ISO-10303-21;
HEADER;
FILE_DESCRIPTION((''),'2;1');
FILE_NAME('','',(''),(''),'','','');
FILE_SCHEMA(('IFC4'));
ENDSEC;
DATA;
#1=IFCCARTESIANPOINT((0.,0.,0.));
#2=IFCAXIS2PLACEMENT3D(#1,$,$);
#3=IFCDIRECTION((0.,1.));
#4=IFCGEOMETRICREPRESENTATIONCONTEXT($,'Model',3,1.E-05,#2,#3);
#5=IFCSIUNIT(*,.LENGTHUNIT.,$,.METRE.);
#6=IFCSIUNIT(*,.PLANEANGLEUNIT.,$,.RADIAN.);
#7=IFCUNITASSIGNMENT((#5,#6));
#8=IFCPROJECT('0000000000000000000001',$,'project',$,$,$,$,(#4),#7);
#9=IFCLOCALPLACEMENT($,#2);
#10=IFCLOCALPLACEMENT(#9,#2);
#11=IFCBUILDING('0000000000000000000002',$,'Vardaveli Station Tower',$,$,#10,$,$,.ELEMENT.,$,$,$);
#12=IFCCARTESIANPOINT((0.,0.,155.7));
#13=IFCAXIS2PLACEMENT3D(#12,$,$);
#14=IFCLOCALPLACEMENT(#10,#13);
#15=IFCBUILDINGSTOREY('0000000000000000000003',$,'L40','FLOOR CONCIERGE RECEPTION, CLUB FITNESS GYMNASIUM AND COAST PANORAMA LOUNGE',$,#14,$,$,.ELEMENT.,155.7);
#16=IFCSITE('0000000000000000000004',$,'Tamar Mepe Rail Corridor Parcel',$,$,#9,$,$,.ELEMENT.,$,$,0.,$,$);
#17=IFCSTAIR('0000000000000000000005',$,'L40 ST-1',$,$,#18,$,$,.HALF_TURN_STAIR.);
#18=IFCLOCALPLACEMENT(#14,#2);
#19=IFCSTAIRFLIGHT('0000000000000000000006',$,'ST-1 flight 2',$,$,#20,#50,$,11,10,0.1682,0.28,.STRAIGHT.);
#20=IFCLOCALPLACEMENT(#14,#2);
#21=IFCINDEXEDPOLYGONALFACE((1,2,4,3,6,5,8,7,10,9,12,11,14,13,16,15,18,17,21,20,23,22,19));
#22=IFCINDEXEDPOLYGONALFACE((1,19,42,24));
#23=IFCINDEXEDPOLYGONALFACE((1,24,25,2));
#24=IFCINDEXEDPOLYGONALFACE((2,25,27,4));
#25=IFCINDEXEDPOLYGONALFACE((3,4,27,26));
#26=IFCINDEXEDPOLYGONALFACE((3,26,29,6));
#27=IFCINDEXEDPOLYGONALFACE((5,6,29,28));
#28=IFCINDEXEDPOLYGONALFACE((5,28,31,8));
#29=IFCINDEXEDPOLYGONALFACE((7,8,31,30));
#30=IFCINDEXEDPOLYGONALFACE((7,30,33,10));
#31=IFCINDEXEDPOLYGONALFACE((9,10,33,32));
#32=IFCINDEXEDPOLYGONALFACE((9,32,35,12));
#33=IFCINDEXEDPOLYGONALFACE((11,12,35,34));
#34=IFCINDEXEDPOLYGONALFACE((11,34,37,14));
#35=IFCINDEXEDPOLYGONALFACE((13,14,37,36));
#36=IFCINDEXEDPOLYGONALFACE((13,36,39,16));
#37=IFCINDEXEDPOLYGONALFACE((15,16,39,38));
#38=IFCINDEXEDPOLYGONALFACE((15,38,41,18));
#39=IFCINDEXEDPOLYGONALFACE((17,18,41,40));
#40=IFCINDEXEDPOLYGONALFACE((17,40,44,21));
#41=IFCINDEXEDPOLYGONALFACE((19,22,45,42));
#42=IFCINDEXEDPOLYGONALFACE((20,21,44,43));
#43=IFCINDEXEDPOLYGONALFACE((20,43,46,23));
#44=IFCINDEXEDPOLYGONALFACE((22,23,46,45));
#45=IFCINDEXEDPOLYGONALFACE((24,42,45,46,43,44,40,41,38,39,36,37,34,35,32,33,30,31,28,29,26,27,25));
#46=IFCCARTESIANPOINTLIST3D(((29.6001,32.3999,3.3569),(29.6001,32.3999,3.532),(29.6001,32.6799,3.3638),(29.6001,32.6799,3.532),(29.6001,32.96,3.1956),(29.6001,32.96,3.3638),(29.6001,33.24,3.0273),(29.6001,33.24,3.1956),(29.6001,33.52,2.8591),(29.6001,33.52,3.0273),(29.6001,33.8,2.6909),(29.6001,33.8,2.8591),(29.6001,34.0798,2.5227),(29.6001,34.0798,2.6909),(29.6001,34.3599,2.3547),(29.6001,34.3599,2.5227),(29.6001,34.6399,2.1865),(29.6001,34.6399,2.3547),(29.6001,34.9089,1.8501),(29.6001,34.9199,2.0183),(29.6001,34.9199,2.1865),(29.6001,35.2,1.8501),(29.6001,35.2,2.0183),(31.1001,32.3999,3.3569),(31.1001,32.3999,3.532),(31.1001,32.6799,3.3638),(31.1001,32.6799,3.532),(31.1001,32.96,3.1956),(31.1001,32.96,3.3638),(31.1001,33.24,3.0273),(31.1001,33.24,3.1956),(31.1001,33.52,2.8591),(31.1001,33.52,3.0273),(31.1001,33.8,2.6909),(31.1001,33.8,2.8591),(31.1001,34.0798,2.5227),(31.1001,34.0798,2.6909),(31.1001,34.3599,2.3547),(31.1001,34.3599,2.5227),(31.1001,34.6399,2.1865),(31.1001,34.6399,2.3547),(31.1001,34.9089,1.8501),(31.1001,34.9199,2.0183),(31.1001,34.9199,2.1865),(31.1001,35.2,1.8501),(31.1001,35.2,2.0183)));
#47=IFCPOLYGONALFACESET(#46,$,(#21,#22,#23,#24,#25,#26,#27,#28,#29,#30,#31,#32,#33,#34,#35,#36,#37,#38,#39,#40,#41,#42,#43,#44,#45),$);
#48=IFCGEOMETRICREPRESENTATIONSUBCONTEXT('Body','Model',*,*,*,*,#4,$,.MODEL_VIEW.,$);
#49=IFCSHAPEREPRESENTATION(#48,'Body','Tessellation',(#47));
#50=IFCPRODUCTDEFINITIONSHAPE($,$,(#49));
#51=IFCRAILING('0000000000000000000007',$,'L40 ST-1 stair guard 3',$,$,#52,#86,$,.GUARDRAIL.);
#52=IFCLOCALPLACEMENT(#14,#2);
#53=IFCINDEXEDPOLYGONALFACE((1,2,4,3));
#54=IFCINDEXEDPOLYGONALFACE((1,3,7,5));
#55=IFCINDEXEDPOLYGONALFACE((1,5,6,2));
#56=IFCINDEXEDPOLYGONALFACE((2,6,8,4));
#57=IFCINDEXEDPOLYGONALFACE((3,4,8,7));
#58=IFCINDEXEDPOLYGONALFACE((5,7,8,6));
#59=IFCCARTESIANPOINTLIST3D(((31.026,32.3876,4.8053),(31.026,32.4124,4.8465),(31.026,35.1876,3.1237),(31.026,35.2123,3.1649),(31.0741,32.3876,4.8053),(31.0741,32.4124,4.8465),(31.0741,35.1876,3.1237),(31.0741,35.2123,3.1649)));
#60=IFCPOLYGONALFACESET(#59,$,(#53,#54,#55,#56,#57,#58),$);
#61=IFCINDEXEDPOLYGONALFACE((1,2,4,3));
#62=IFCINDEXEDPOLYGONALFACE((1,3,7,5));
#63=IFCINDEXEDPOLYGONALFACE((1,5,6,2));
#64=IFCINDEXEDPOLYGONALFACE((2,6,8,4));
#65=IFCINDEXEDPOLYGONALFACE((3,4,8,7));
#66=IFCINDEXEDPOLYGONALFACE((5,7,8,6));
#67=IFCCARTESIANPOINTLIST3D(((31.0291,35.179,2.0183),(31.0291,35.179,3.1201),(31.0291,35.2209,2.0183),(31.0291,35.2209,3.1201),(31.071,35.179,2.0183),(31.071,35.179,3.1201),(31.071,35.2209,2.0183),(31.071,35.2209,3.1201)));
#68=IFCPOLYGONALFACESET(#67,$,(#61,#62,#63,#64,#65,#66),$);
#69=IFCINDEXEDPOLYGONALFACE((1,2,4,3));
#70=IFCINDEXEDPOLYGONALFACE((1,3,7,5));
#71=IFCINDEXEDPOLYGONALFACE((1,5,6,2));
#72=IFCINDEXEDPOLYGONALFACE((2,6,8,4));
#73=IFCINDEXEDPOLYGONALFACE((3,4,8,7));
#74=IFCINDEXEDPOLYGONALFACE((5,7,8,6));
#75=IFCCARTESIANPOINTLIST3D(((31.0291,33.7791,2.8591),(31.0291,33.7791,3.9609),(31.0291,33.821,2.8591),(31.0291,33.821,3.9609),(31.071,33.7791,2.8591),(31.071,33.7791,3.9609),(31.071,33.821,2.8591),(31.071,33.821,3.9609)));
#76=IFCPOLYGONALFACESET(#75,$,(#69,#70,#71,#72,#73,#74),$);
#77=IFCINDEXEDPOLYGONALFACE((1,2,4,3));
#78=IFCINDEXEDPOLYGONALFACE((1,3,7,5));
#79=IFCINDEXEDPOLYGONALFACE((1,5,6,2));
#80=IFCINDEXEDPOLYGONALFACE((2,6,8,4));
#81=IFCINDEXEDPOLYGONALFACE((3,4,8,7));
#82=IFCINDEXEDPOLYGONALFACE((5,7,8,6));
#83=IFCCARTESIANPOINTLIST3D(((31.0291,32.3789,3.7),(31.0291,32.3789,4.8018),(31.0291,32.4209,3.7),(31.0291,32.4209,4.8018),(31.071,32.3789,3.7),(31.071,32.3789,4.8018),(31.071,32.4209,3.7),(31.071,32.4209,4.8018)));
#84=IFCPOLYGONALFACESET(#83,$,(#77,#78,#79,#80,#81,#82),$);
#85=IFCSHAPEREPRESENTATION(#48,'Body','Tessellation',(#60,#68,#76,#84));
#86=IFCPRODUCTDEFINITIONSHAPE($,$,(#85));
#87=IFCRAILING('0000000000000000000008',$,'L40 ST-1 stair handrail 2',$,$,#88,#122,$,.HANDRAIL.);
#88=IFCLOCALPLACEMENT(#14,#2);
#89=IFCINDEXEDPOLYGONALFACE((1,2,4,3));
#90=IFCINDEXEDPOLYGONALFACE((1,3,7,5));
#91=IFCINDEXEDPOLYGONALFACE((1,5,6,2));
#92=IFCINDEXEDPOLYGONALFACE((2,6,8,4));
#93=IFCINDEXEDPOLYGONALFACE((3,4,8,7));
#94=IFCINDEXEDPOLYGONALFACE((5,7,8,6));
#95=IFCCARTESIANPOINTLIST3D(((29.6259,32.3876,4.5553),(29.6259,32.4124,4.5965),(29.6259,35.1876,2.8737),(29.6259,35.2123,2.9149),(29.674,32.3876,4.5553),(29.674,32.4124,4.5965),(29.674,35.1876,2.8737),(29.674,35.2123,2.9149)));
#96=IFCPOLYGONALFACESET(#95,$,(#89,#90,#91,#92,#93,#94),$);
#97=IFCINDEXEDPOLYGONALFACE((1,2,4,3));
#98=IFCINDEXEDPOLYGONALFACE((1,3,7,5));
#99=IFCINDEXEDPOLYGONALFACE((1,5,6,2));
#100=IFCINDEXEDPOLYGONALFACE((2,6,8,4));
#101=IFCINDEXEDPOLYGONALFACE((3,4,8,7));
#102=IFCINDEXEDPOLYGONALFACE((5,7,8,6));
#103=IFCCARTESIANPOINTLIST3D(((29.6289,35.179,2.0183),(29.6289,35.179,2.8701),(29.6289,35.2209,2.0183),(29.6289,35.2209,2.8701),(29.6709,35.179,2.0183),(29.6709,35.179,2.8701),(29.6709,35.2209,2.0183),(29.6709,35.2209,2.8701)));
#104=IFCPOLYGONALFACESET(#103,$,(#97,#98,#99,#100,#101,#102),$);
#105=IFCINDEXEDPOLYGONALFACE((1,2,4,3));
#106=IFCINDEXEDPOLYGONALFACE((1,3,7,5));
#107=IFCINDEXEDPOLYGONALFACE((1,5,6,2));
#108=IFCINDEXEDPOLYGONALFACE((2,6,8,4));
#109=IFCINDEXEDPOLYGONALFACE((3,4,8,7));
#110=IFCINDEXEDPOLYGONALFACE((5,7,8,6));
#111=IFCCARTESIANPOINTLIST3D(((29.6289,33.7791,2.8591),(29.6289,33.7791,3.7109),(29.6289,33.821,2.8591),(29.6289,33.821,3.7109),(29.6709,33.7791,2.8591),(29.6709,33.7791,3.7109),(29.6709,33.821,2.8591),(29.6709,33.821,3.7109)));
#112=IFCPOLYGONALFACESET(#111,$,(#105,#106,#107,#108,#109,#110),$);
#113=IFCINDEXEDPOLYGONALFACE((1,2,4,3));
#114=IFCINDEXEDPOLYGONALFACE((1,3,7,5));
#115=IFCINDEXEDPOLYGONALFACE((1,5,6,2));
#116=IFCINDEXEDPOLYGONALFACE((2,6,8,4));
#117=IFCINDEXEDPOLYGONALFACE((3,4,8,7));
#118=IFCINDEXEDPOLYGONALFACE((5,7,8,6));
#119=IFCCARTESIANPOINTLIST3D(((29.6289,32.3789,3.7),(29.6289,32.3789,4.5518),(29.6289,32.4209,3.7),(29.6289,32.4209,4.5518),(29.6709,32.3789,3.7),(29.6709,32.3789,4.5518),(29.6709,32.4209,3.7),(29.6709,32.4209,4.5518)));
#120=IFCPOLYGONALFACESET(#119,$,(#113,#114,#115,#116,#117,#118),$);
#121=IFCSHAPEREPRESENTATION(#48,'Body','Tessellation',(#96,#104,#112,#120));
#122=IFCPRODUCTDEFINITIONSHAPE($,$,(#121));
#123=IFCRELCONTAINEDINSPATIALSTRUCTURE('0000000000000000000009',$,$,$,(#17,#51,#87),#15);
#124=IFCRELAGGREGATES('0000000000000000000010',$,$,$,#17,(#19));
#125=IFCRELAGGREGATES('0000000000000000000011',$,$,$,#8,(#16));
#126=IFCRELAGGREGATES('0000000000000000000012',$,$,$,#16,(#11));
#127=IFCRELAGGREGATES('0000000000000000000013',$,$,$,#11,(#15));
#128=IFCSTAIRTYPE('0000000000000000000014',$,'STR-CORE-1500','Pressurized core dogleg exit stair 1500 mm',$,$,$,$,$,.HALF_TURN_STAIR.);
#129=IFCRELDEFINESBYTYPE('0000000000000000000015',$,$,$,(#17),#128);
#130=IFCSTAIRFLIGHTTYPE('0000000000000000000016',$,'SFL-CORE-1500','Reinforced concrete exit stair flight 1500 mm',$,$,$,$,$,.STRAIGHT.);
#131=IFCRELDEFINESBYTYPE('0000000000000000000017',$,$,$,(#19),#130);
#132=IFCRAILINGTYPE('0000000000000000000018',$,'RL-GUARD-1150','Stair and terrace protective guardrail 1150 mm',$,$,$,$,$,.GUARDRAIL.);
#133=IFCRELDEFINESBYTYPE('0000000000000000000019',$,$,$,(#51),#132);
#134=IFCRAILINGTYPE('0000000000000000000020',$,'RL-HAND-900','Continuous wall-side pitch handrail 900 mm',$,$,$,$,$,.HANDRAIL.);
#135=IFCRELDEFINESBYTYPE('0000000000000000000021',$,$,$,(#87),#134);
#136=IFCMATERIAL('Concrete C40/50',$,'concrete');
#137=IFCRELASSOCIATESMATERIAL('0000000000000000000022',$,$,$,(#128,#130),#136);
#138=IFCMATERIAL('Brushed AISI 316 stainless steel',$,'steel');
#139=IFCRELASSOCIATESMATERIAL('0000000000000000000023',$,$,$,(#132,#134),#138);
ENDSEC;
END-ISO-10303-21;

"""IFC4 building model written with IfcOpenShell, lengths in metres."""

from ifc_helpers import new_model, si_unit, direction, frame, origin, origin_2d, place, context, subcontext, project, spatial, polyline, rectangle, outline, extrude, source, transform, mapped, material, type_object, element, aggregate, save


model = new_model("IFC4")

# Units and contexts
model_context = context("Model", 3, precision=1e-05, world=origin(), true_north=direction((0.0, 1.0)))
body_context = subcontext(model_context, "Body", "Model", "MODEL_VIEW")
ifc_project = project(units=[si_unit("LENGTHUNIT", "METRE"), si_unit("PLANEANGLEUNIT", "RADIAN")], contexts=[model_context])

# Site, building, storey
site_placement = place(None, origin())
site = spatial("IfcSite", under=ifc_project, at=site_placement, Name="Tamar Mepe Rail Corridor Parcel", CompositionType="ELEMENT", RefElevation=0.0)
building_placement = place(site_placement, origin())
building = spatial("IfcBuilding", under=site, at=building_placement, Name="Vardaveli Station Tower", CompositionType="ELEMENT")
storey_placement = place(building_placement, frame((0.0, 0.0, 155.7)))
storey = spatial("IfcBuildingStorey", under=building, at=storey_placement, Name="L40", Description="FLOOR CONCIERGE RECEPTION, CLUB FITNESS GYMNASIUM AND COAST PANORAMA LOUNGE", CompositionType="ELEMENT", Elevation=155.7)

# Shared definitions
ifc_material_1 = material(Name="Concrete C40/50", Category="concrete")

# Stair, stair flight
stair_type = type_object("IfcStairType", Name="STR-CORE-1500", Description="Pressurized core dogleg exit stair 1500 mm", PredefinedType="HALF_TURN_STAIR", material=ifc_material_1)
stair_placement = place(storey_placement, origin())
stair = element("IfcStair", 1, at=stair_placement, inside=storey, type_object=stair_type, Name="L40 ST-1", PredefinedType="HALF_TURN_STAIR")
stair_flight_type = type_object("IfcStairFlightType", Name="SFL-CORE-1500", Description="Reinforced concrete exit stair flight 1500 mm", PredefinedType="STRAIGHT", material=ifc_material_1)
shared_shape_1 = source(origin(), body_context, "Body", "SweptSolid", [
    extrude(outline(polyline([(0.0, 0.0), (0.0, 0.1682), (0.28, 0.1682), (0.28, 0.3364), (0.5601, 0.3364), (0.5601, 0.5046), (0.8401, 0.5046), (0.8401, 0.6726), (1.1201, 0.6726), (1.1201, 0.8408), (1.3999, 0.8408), (1.3999, 1.009), (1.6799, 1.009), (1.6799, 1.1772), (1.96, 1.1772), (1.96, 1.3455), (2.24, 1.3455), (2.24, 1.5137), (2.52, 1.5137), (2.52, 1.6819), (2.8, 1.6819), (2.8, 1.8501), (2.8, 1.5068), (0.291, 0.0), (0.0, 0.0)])), frame((0.0, 0.75, 0.0), z_axis=(0.0, -1.0, 0.0), x_axis=(1.0, 0.0, 0.0)), (0.0, 0.0, 1.0), 1.5),
])
stair_flight_placement = place(storey_placement, frame((30.3501, 35.2, 1.8501), z_axis=(0.0, 0.0, 1.0), x_axis=(0.0, -1.0, 0.0)))
stair_flight = element("IfcStairFlight", 2, at=stair_flight_placement, type_object=stair_flight_type, Name="ST-1 flight 2", NumberOfRisers=11, NumberOfTreads=10, PredefinedType="STRAIGHT", RiserHeight=0.1682, TreadLength=0.28, context=body_context, shape_type="MappedRepresentation", body=[
    mapped(shared_shape_1, transform((0.0, 0.0, 0.0), scale=1.0)),
])
aggregate(stair, [stair_flight])

# Railings
ifc_material_2 = material(Name="Brushed AISI 316 stainless steel", Category="steel")
railing_type_1 = type_object("IfcRailingType", Name="RL-GUARD-1150", Description="Stair and terrace protective guardrail 1150 mm", PredefinedType="GUARDRAIL", material=ifc_material_2)
shared_shape_2 = source(origin(), body_context, "Body", "SweptSolid", [
    extrude(rectangle(XDim=0.0481, YDim=0.0481, at=origin_2d()), frame((0.0, 0.0, 1.126), z_axis=(0.0, -0.857275, 0.514858), x_axis=(1.0, 0.0, 0.0)), (0.0, 0.0, 1.0), 3.2661),
    extrude(rectangle(XDim=0.042, YDim=0.042, at=origin_2d()), origin(), (0.0, 0.0, 1.0), 1.1018),
    extrude(rectangle(XDim=0.042, YDim=0.042, at=origin_2d()), frame((0.0, -1.3999, 0.8408)), (0.0, 0.0, 1.0), 1.1018),
    extrude(rectangle(XDim=0.042, YDim=0.042, at=origin_2d()), frame((0.0, -2.8, 1.6816)), (0.0, 0.0, 1.0), 1.1018),
])
railing_1_placement = place(storey_placement, frame((31.05, 35.2, 2.0183)))
element("IfcRailing", 3, at=railing_1_placement, inside=storey, type_object=railing_type_1, Name="L40 ST-1 stair guard 3", PredefinedType="GUARDRAIL", context=body_context, shape_type="MappedRepresentation", body=[
    mapped(shared_shape_2, transform((0.0, 0.0, 0.0), scale=1.0)),
])
railing_type_2 = type_object("IfcRailingType", Name="RL-HAND-900", Description="Continuous wall-side pitch handrail 900 mm", PredefinedType="HANDRAIL", material=ifc_material_2)
shared_shape_3 = source(origin(), body_context, "Body", "SweptSolid", [
    extrude(rectangle(XDim=0.0481, YDim=0.0481, at=origin_2d()), frame((0.0, 0.0, 0.876), z_axis=(0.0, -0.857275, 0.514858), x_axis=(1.0, 0.0, 0.0)), (0.0, 0.0, 1.0), 3.2661),
    extrude(rectangle(XDim=0.042, YDim=0.042, at=origin_2d()), origin(), (0.0, 0.0, 1.0), 0.8518),
    extrude(rectangle(XDim=0.042, YDim=0.042, at=origin_2d()), frame((0.0, -1.3999, 0.8408)), (0.0, 0.0, 1.0), 0.8518),
    extrude(rectangle(XDim=0.042, YDim=0.042, at=origin_2d()), frame((0.0, -2.8, 1.6816)), (0.0, 0.0, 1.0), 0.8518),
])
railing_2_placement = place(storey_placement, frame((29.6499, 35.2, 2.0183)))
element("IfcRailing", 4, at=railing_2_placement, inside=storey, type_object=railing_type_2, Name="L40 ST-1 stair handrail 2", PredefinedType="HANDRAIL", context=body_context, shape_type="MappedRepresentation", body=[
    mapped(shared_shape_3, transform((0.0, 0.0, 0.0), scale=1.0)),
])

save(model, "model.ifc")
